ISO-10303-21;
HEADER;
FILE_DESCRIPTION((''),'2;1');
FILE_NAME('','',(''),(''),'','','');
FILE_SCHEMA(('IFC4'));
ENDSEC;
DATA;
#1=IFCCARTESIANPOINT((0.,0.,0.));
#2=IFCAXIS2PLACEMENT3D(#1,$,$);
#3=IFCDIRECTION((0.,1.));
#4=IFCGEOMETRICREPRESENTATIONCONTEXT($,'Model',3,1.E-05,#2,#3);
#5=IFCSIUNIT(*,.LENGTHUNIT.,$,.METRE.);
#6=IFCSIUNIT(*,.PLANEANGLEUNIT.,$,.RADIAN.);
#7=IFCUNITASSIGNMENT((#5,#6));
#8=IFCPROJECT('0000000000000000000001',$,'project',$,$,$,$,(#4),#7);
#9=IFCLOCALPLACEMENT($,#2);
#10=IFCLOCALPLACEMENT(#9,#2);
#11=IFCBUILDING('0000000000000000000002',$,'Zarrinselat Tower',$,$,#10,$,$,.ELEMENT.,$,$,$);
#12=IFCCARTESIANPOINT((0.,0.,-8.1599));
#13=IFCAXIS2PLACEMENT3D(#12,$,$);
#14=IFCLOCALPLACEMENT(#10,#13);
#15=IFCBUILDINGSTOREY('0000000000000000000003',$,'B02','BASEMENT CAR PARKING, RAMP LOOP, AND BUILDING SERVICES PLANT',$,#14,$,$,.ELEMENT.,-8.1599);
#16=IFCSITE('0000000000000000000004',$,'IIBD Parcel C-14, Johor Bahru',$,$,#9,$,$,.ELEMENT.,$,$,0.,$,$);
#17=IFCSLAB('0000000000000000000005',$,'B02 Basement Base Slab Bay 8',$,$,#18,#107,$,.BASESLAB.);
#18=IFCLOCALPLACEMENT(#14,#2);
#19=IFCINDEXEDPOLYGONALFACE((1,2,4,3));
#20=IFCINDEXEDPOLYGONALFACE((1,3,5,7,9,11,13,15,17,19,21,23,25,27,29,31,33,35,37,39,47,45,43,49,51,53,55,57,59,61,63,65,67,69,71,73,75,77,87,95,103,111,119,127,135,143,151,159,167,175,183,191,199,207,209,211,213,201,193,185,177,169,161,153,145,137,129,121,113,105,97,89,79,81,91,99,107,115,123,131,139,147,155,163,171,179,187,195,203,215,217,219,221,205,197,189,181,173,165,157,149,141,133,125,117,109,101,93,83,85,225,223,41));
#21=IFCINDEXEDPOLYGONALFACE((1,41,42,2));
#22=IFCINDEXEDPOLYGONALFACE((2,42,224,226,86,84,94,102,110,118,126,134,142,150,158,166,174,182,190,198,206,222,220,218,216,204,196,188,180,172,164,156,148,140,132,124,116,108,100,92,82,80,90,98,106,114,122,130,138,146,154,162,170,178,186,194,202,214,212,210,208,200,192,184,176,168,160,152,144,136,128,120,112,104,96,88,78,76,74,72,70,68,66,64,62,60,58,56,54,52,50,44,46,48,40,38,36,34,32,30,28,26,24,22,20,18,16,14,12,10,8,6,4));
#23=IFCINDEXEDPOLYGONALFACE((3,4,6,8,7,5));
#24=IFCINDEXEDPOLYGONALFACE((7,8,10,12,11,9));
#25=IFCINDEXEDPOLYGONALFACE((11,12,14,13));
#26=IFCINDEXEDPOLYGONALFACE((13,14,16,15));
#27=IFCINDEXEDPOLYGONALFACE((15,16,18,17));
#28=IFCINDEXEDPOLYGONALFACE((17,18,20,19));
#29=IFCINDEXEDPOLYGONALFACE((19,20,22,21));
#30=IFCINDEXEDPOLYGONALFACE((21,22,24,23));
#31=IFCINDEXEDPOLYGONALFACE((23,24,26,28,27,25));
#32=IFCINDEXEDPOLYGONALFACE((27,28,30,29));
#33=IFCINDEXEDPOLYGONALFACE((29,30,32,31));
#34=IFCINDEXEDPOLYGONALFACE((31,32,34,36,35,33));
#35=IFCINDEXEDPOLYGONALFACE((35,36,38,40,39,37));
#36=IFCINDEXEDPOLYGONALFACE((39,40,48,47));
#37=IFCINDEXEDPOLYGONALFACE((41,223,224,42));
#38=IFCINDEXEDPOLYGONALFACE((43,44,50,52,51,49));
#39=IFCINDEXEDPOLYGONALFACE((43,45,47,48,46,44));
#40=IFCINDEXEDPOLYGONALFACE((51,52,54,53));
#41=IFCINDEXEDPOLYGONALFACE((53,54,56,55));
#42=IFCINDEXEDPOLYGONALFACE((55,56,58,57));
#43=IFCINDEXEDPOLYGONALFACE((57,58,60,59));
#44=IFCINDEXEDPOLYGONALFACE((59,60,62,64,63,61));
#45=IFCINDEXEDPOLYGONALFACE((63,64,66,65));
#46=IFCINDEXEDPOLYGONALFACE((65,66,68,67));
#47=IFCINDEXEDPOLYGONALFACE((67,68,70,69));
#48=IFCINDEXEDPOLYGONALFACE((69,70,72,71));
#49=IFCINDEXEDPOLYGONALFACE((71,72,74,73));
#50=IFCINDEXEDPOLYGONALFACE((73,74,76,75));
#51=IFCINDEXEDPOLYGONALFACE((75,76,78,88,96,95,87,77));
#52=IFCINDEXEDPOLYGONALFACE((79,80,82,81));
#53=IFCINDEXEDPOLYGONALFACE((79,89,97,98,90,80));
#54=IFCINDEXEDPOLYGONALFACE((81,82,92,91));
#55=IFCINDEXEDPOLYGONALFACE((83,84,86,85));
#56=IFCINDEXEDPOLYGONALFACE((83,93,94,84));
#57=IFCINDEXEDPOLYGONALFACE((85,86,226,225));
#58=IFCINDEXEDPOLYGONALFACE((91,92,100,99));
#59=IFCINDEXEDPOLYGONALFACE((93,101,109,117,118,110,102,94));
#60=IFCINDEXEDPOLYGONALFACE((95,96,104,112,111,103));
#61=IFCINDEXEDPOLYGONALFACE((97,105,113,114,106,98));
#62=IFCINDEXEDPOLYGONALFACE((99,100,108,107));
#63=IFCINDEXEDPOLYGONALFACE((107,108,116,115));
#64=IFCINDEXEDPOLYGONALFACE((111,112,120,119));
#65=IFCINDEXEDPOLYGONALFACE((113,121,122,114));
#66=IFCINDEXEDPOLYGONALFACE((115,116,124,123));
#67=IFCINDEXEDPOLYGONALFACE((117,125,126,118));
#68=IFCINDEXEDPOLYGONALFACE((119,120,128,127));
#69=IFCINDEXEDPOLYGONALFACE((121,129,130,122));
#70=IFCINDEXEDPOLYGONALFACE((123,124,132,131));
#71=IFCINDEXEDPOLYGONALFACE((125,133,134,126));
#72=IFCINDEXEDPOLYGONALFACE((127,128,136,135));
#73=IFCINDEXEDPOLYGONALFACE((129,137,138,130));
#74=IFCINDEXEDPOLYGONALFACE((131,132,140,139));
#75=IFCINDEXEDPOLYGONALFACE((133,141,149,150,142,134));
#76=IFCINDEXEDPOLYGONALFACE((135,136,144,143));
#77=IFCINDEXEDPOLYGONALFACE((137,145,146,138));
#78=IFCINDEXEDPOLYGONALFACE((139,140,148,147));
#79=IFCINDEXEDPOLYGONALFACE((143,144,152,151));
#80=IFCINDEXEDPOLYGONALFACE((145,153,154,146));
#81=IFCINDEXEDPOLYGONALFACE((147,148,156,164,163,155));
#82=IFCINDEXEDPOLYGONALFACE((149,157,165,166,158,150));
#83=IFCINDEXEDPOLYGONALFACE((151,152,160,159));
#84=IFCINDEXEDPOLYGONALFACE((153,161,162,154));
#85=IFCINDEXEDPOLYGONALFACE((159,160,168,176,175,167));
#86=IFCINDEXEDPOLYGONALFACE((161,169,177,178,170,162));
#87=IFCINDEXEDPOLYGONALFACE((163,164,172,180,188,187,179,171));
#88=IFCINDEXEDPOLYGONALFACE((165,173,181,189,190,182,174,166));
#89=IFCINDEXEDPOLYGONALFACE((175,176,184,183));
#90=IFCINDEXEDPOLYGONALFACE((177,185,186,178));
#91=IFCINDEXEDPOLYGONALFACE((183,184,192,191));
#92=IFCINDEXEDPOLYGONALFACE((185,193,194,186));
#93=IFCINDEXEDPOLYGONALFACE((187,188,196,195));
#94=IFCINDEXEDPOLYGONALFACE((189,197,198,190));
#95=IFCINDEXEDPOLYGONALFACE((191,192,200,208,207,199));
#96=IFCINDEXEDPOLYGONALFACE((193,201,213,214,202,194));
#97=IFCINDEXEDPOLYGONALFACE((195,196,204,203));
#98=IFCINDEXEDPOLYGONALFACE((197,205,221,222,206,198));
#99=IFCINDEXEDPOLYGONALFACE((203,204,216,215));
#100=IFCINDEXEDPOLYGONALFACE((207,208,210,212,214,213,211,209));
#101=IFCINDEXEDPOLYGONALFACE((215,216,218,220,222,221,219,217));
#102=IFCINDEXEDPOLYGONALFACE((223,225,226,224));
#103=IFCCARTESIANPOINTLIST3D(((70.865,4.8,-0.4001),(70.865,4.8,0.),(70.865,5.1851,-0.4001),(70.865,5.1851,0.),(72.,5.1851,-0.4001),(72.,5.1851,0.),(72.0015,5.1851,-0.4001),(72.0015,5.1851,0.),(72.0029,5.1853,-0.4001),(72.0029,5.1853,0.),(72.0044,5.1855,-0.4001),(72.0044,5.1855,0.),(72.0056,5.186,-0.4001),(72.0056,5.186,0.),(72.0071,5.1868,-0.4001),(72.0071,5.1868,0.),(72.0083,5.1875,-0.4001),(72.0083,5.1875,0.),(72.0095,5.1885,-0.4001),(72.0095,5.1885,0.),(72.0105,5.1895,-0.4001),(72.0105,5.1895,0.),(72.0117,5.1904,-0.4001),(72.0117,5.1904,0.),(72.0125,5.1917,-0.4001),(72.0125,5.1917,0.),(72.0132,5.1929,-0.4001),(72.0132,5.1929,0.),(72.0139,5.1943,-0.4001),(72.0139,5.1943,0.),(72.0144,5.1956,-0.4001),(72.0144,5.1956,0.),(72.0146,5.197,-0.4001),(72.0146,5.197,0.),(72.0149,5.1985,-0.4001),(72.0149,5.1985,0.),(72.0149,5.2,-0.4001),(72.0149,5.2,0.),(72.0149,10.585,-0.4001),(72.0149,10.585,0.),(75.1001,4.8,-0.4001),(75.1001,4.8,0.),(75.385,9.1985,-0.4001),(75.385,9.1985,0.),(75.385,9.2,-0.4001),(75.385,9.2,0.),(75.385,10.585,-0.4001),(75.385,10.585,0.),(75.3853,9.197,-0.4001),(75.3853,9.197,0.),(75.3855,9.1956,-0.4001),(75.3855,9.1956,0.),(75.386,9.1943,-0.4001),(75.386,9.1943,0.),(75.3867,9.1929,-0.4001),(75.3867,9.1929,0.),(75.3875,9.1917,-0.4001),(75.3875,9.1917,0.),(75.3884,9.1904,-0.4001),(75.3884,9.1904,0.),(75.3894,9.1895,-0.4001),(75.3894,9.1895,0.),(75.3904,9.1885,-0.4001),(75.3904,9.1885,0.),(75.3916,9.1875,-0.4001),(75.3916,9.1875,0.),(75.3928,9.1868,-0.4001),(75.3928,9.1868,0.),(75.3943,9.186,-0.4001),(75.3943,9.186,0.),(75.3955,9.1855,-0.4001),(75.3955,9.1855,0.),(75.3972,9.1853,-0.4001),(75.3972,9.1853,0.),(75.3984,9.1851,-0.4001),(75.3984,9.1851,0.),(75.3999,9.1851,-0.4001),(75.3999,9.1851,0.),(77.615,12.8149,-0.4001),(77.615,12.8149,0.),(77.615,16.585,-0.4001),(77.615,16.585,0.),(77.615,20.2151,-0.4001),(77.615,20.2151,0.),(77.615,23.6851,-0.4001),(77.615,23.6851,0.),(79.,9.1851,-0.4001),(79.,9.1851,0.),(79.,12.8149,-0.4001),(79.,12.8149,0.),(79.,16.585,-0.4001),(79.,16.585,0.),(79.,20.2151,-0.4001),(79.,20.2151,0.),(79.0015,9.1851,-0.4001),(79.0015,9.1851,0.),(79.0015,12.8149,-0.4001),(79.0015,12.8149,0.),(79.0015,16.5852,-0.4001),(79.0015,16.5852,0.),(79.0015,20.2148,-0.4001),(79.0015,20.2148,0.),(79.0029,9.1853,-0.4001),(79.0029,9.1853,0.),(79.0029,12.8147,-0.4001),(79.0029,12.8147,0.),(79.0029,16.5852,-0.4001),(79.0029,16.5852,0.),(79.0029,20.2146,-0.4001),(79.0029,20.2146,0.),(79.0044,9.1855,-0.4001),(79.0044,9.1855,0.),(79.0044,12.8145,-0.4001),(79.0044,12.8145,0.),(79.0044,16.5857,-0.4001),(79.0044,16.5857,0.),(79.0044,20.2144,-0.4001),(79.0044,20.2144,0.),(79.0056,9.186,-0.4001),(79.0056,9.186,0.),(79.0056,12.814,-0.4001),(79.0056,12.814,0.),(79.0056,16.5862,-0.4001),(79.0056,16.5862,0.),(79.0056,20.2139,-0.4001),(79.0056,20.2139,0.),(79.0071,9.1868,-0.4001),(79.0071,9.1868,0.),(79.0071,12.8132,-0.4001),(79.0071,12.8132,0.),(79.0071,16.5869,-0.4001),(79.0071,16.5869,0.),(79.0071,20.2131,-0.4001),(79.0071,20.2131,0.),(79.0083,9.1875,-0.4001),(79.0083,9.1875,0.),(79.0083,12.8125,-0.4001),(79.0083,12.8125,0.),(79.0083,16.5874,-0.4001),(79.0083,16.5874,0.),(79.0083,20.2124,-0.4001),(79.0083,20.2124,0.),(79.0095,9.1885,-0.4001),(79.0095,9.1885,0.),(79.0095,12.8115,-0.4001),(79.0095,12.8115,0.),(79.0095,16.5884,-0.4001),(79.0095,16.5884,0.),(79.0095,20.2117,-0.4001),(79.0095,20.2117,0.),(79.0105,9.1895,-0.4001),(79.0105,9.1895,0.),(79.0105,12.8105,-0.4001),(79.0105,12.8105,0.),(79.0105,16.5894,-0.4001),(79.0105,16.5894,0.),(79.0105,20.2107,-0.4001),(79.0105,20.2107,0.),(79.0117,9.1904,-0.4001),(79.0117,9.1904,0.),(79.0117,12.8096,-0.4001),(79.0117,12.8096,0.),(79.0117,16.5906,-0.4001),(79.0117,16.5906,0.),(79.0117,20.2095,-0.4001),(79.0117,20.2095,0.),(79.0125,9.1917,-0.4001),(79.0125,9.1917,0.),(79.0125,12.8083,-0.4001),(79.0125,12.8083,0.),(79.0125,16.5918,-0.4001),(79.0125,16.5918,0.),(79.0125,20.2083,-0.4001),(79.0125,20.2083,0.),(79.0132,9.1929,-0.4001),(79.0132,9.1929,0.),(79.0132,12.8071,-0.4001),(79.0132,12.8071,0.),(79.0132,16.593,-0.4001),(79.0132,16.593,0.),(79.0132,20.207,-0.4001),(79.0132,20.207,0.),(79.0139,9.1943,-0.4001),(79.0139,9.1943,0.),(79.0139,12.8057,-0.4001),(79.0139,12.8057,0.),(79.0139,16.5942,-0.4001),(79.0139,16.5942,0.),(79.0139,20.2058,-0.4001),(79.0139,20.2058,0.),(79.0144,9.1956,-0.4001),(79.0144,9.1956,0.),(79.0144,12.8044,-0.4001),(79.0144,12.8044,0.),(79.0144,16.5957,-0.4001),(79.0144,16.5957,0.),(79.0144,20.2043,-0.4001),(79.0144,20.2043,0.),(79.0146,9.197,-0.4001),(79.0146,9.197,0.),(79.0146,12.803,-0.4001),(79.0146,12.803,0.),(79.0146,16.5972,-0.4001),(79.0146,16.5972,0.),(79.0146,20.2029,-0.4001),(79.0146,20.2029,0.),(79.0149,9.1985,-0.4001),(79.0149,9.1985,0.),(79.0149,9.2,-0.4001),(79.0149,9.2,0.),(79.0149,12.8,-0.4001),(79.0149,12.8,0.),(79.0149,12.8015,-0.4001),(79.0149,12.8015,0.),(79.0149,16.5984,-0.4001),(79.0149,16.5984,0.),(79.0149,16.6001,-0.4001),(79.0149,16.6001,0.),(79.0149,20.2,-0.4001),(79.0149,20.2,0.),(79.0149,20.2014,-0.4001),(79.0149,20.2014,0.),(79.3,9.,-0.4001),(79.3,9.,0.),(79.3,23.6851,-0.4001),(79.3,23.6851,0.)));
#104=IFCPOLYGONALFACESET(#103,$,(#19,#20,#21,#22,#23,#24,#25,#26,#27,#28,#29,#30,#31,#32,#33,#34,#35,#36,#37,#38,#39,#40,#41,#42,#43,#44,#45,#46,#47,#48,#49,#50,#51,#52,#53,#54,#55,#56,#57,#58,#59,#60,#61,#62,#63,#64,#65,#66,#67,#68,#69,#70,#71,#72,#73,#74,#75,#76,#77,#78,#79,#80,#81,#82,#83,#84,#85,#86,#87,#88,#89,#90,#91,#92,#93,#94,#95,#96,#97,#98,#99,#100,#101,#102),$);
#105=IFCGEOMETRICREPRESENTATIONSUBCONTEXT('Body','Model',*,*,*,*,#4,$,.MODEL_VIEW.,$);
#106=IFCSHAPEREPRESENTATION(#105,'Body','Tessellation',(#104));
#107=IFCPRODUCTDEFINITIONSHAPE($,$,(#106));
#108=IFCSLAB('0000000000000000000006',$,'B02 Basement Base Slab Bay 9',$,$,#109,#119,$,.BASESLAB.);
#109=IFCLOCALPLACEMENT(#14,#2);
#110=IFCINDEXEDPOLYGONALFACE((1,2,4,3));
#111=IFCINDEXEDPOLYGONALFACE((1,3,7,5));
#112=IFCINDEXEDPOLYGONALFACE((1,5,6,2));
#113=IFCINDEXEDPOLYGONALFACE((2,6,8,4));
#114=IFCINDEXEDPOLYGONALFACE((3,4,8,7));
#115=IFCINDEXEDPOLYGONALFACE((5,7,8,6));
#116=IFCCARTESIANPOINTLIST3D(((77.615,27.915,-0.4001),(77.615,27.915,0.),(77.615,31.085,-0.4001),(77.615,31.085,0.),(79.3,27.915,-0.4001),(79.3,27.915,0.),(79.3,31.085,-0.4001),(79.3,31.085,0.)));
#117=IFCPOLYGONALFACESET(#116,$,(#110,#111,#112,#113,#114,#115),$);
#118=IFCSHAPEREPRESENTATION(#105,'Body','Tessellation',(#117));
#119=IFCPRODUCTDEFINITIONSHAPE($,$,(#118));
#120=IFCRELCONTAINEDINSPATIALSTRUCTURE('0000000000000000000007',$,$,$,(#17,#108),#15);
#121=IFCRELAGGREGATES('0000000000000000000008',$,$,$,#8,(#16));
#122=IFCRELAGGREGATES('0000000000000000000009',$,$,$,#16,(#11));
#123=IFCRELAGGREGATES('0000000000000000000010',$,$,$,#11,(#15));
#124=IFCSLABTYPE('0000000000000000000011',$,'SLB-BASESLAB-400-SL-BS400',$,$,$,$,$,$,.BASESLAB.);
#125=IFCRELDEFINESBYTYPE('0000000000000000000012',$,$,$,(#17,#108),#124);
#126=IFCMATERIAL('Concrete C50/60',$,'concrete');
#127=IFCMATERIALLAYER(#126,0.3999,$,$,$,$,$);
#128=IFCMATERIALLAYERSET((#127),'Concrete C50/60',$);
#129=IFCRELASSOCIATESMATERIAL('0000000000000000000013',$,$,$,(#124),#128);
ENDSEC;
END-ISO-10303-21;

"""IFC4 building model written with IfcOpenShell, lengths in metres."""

from ifc_helpers import new_model, si_unit, direction, frame, origin, place, context, subcontext, project, spatial, polyline, outline, extrude, material, layer, layer_set, type_object, element, save


model = new_model("IFC4")

# Units and contexts
model_context = context("Model", 3, precision=1e-05, world=origin(), true_north=direction((0.0, 1.0)))
body_context = subcontext(model_context, "Body", "Model", "MODEL_VIEW")
ifc_project = project(units=[si_unit("LENGTHUNIT", "METRE"), si_unit("PLANEANGLEUNIT", "RADIAN")], contexts=[model_context])

# Site, building, storey
site_placement = place(None, origin())
site = spatial("IfcSite", under=ifc_project, at=site_placement, Name="IIBD Parcel C-14, Johor Bahru", CompositionType="ELEMENT", RefElevation=0.0)
building_placement = place(site_placement, origin())
building = spatial("IfcBuilding", under=site, at=building_placement, Name="Zarrinselat Tower", CompositionType="ELEMENT")
storey_placement = place(building_placement, frame((0.0, 0.0, -8.1599)))
storey = spatial("IfcBuildingStorey", under=building, at=storey_placement, Name="B02", Description="BASEMENT CAR PARKING, RAMP LOOP, AND BUILDING SERVICES PLANT", CompositionType="ELEMENT", Elevation=-8.1599)

# Slabs
ifc_material_1 = material(Name="Concrete C50/60", Category="concrete")
ifc_layer_1 = layer(ifc_material_1, 0.3999)
ifc_layer_set_1 = layer_set([ifc_layer_1], Name="Concrete C50/60")
slab_type_1 = type_object("IfcSlabType", Name="SLB-BASESLAB-400-SL-BS400", PredefinedType="BASESLAB", material=ifc_layer_set_1)
slab_1_placement = place(storey_placement, frame((0.0, 0.0, -0.4001)))
element("IfcSlab", 1, at=slab_1_placement, inside=storey, type_object=slab_type_1, Name="B02 Basement Base Slab Bay 8", PredefinedType="BASESLAB", context=body_context, shape_type="SweptSolid", body=[
    extrude(outline(polyline([(79.3, 9.0), (75.1001, 4.8), (70.865, 4.8), (70.865, 5.1851), (72.0, 5.1851), (72.0015, 5.1851), (72.0029, 5.1853), (72.0044, 5.1855), (72.0056, 5.186), (72.0071, 5.1868), (72.0083, 5.1875), (72.0095, 5.1885), (72.0105, 5.1895), (72.0117, 5.1904), (72.0125, 5.1917), (72.0132, 5.1929), (72.0139, 5.1943), (72.0144, 5.1956), (72.0146, 5.197), (72.0149, 5.1985), (72.0149, 5.2), (72.0149, 10.585), (75.385, 10.585), (75.385, 9.2), (75.385, 9.1985), (75.3853, 9.197), (75.3855, 9.1956), (75.386, 9.1943), (75.3867, 9.1929), (75.3875, 9.1917), (75.3884, 9.1904), (75.3894, 9.1895), (75.3904, 9.1885), (75.3916, 9.1875), (75.3928, 9.1868), (75.3943, 9.186), (75.3955, 9.1855), (75.3972, 9.1853), (75.3984, 9.1851), (75.3999, 9.1851), (79.0, 9.1851), (79.0015, 9.1851), (79.0029, 9.1853), (79.0044, 9.1855), (79.0056, 9.186), (79.0071, 9.1868), (79.0083, 9.1875), (79.0095, 9.1885), (79.0105, 9.1895), (79.0117, 9.1904), (79.0125, 9.1917), (79.0132, 9.1929), (79.0139, 9.1943), (79.0144, 9.1956), (79.0146, 9.197), (79.0149, 9.1985), (79.0149, 9.2), (79.0149, 12.8), (79.0149, 12.8015), (79.0146, 12.803), (79.0144, 12.8044), (79.0139, 12.8057), (79.0132, 12.8071), (79.0125, 12.8083), (79.0117, 12.8096), (79.0105, 12.8105), (79.0095, 12.8115), (79.0083, 12.8125), (79.0071, 12.8132), (79.0056, 12.814), (79.0044, 12.8145), (79.0029, 12.8147), (79.0015, 12.8149), (79.0, 12.8149), (77.615, 12.8149), (77.615, 16.585), (79.0, 16.585), (79.0015, 16.5852), (79.0029, 16.5852), (79.0044, 16.5857), (79.0056, 16.5862), (79.0071, 16.5869), (79.0083, 16.5874), (79.0095, 16.5884), (79.0105, 16.5894), (79.0117, 16.5906), (79.0125, 16.5918), (79.0132, 16.593), (79.0139, 16.5942), (79.0144, 16.5957), (79.0146, 16.5972), (79.0149, 16.5984), (79.0149, 16.6001), (79.0149, 20.2), (79.0149, 20.2014), (79.0146, 20.2029), (79.0144, 20.2043), (79.0139, 20.2058), (79.0132, 20.207), (79.0125, 20.2083), (79.0117, 20.2095), (79.0105, 20.2107), (79.0095, 20.2117), (79.0083, 20.2124), (79.0071, 20.2131), (79.0056, 20.2139), (79.0044, 20.2144), (79.0029, 20.2146), (79.0015, 20.2148), (79.0, 20.2151), (77.615, 20.2151), (77.615, 23.6851), (79.3, 23.6851), (79.3, 9.0)])), origin(), (0.0, 0.0, 1.0), 0.4001),
])
slab_2_placement = place(storey_placement, frame((0.0, 0.0, -0.4001)))
element("IfcSlab", 2, at=slab_2_placement, inside=storey, type_object=slab_type_1, Name="B02 Basement Base Slab Bay 9", PredefinedType="BASESLAB", context=body_context, shape_type="SweptSolid", body=[
    extrude(outline(polyline([(79.3, 27.915), (77.615, 27.915), (77.615, 31.085), (79.3, 31.085), (79.3, 27.915)])), origin(), (0.0, 0.0, 1.0), 0.4001),
])

save(model, "model.ifc")
